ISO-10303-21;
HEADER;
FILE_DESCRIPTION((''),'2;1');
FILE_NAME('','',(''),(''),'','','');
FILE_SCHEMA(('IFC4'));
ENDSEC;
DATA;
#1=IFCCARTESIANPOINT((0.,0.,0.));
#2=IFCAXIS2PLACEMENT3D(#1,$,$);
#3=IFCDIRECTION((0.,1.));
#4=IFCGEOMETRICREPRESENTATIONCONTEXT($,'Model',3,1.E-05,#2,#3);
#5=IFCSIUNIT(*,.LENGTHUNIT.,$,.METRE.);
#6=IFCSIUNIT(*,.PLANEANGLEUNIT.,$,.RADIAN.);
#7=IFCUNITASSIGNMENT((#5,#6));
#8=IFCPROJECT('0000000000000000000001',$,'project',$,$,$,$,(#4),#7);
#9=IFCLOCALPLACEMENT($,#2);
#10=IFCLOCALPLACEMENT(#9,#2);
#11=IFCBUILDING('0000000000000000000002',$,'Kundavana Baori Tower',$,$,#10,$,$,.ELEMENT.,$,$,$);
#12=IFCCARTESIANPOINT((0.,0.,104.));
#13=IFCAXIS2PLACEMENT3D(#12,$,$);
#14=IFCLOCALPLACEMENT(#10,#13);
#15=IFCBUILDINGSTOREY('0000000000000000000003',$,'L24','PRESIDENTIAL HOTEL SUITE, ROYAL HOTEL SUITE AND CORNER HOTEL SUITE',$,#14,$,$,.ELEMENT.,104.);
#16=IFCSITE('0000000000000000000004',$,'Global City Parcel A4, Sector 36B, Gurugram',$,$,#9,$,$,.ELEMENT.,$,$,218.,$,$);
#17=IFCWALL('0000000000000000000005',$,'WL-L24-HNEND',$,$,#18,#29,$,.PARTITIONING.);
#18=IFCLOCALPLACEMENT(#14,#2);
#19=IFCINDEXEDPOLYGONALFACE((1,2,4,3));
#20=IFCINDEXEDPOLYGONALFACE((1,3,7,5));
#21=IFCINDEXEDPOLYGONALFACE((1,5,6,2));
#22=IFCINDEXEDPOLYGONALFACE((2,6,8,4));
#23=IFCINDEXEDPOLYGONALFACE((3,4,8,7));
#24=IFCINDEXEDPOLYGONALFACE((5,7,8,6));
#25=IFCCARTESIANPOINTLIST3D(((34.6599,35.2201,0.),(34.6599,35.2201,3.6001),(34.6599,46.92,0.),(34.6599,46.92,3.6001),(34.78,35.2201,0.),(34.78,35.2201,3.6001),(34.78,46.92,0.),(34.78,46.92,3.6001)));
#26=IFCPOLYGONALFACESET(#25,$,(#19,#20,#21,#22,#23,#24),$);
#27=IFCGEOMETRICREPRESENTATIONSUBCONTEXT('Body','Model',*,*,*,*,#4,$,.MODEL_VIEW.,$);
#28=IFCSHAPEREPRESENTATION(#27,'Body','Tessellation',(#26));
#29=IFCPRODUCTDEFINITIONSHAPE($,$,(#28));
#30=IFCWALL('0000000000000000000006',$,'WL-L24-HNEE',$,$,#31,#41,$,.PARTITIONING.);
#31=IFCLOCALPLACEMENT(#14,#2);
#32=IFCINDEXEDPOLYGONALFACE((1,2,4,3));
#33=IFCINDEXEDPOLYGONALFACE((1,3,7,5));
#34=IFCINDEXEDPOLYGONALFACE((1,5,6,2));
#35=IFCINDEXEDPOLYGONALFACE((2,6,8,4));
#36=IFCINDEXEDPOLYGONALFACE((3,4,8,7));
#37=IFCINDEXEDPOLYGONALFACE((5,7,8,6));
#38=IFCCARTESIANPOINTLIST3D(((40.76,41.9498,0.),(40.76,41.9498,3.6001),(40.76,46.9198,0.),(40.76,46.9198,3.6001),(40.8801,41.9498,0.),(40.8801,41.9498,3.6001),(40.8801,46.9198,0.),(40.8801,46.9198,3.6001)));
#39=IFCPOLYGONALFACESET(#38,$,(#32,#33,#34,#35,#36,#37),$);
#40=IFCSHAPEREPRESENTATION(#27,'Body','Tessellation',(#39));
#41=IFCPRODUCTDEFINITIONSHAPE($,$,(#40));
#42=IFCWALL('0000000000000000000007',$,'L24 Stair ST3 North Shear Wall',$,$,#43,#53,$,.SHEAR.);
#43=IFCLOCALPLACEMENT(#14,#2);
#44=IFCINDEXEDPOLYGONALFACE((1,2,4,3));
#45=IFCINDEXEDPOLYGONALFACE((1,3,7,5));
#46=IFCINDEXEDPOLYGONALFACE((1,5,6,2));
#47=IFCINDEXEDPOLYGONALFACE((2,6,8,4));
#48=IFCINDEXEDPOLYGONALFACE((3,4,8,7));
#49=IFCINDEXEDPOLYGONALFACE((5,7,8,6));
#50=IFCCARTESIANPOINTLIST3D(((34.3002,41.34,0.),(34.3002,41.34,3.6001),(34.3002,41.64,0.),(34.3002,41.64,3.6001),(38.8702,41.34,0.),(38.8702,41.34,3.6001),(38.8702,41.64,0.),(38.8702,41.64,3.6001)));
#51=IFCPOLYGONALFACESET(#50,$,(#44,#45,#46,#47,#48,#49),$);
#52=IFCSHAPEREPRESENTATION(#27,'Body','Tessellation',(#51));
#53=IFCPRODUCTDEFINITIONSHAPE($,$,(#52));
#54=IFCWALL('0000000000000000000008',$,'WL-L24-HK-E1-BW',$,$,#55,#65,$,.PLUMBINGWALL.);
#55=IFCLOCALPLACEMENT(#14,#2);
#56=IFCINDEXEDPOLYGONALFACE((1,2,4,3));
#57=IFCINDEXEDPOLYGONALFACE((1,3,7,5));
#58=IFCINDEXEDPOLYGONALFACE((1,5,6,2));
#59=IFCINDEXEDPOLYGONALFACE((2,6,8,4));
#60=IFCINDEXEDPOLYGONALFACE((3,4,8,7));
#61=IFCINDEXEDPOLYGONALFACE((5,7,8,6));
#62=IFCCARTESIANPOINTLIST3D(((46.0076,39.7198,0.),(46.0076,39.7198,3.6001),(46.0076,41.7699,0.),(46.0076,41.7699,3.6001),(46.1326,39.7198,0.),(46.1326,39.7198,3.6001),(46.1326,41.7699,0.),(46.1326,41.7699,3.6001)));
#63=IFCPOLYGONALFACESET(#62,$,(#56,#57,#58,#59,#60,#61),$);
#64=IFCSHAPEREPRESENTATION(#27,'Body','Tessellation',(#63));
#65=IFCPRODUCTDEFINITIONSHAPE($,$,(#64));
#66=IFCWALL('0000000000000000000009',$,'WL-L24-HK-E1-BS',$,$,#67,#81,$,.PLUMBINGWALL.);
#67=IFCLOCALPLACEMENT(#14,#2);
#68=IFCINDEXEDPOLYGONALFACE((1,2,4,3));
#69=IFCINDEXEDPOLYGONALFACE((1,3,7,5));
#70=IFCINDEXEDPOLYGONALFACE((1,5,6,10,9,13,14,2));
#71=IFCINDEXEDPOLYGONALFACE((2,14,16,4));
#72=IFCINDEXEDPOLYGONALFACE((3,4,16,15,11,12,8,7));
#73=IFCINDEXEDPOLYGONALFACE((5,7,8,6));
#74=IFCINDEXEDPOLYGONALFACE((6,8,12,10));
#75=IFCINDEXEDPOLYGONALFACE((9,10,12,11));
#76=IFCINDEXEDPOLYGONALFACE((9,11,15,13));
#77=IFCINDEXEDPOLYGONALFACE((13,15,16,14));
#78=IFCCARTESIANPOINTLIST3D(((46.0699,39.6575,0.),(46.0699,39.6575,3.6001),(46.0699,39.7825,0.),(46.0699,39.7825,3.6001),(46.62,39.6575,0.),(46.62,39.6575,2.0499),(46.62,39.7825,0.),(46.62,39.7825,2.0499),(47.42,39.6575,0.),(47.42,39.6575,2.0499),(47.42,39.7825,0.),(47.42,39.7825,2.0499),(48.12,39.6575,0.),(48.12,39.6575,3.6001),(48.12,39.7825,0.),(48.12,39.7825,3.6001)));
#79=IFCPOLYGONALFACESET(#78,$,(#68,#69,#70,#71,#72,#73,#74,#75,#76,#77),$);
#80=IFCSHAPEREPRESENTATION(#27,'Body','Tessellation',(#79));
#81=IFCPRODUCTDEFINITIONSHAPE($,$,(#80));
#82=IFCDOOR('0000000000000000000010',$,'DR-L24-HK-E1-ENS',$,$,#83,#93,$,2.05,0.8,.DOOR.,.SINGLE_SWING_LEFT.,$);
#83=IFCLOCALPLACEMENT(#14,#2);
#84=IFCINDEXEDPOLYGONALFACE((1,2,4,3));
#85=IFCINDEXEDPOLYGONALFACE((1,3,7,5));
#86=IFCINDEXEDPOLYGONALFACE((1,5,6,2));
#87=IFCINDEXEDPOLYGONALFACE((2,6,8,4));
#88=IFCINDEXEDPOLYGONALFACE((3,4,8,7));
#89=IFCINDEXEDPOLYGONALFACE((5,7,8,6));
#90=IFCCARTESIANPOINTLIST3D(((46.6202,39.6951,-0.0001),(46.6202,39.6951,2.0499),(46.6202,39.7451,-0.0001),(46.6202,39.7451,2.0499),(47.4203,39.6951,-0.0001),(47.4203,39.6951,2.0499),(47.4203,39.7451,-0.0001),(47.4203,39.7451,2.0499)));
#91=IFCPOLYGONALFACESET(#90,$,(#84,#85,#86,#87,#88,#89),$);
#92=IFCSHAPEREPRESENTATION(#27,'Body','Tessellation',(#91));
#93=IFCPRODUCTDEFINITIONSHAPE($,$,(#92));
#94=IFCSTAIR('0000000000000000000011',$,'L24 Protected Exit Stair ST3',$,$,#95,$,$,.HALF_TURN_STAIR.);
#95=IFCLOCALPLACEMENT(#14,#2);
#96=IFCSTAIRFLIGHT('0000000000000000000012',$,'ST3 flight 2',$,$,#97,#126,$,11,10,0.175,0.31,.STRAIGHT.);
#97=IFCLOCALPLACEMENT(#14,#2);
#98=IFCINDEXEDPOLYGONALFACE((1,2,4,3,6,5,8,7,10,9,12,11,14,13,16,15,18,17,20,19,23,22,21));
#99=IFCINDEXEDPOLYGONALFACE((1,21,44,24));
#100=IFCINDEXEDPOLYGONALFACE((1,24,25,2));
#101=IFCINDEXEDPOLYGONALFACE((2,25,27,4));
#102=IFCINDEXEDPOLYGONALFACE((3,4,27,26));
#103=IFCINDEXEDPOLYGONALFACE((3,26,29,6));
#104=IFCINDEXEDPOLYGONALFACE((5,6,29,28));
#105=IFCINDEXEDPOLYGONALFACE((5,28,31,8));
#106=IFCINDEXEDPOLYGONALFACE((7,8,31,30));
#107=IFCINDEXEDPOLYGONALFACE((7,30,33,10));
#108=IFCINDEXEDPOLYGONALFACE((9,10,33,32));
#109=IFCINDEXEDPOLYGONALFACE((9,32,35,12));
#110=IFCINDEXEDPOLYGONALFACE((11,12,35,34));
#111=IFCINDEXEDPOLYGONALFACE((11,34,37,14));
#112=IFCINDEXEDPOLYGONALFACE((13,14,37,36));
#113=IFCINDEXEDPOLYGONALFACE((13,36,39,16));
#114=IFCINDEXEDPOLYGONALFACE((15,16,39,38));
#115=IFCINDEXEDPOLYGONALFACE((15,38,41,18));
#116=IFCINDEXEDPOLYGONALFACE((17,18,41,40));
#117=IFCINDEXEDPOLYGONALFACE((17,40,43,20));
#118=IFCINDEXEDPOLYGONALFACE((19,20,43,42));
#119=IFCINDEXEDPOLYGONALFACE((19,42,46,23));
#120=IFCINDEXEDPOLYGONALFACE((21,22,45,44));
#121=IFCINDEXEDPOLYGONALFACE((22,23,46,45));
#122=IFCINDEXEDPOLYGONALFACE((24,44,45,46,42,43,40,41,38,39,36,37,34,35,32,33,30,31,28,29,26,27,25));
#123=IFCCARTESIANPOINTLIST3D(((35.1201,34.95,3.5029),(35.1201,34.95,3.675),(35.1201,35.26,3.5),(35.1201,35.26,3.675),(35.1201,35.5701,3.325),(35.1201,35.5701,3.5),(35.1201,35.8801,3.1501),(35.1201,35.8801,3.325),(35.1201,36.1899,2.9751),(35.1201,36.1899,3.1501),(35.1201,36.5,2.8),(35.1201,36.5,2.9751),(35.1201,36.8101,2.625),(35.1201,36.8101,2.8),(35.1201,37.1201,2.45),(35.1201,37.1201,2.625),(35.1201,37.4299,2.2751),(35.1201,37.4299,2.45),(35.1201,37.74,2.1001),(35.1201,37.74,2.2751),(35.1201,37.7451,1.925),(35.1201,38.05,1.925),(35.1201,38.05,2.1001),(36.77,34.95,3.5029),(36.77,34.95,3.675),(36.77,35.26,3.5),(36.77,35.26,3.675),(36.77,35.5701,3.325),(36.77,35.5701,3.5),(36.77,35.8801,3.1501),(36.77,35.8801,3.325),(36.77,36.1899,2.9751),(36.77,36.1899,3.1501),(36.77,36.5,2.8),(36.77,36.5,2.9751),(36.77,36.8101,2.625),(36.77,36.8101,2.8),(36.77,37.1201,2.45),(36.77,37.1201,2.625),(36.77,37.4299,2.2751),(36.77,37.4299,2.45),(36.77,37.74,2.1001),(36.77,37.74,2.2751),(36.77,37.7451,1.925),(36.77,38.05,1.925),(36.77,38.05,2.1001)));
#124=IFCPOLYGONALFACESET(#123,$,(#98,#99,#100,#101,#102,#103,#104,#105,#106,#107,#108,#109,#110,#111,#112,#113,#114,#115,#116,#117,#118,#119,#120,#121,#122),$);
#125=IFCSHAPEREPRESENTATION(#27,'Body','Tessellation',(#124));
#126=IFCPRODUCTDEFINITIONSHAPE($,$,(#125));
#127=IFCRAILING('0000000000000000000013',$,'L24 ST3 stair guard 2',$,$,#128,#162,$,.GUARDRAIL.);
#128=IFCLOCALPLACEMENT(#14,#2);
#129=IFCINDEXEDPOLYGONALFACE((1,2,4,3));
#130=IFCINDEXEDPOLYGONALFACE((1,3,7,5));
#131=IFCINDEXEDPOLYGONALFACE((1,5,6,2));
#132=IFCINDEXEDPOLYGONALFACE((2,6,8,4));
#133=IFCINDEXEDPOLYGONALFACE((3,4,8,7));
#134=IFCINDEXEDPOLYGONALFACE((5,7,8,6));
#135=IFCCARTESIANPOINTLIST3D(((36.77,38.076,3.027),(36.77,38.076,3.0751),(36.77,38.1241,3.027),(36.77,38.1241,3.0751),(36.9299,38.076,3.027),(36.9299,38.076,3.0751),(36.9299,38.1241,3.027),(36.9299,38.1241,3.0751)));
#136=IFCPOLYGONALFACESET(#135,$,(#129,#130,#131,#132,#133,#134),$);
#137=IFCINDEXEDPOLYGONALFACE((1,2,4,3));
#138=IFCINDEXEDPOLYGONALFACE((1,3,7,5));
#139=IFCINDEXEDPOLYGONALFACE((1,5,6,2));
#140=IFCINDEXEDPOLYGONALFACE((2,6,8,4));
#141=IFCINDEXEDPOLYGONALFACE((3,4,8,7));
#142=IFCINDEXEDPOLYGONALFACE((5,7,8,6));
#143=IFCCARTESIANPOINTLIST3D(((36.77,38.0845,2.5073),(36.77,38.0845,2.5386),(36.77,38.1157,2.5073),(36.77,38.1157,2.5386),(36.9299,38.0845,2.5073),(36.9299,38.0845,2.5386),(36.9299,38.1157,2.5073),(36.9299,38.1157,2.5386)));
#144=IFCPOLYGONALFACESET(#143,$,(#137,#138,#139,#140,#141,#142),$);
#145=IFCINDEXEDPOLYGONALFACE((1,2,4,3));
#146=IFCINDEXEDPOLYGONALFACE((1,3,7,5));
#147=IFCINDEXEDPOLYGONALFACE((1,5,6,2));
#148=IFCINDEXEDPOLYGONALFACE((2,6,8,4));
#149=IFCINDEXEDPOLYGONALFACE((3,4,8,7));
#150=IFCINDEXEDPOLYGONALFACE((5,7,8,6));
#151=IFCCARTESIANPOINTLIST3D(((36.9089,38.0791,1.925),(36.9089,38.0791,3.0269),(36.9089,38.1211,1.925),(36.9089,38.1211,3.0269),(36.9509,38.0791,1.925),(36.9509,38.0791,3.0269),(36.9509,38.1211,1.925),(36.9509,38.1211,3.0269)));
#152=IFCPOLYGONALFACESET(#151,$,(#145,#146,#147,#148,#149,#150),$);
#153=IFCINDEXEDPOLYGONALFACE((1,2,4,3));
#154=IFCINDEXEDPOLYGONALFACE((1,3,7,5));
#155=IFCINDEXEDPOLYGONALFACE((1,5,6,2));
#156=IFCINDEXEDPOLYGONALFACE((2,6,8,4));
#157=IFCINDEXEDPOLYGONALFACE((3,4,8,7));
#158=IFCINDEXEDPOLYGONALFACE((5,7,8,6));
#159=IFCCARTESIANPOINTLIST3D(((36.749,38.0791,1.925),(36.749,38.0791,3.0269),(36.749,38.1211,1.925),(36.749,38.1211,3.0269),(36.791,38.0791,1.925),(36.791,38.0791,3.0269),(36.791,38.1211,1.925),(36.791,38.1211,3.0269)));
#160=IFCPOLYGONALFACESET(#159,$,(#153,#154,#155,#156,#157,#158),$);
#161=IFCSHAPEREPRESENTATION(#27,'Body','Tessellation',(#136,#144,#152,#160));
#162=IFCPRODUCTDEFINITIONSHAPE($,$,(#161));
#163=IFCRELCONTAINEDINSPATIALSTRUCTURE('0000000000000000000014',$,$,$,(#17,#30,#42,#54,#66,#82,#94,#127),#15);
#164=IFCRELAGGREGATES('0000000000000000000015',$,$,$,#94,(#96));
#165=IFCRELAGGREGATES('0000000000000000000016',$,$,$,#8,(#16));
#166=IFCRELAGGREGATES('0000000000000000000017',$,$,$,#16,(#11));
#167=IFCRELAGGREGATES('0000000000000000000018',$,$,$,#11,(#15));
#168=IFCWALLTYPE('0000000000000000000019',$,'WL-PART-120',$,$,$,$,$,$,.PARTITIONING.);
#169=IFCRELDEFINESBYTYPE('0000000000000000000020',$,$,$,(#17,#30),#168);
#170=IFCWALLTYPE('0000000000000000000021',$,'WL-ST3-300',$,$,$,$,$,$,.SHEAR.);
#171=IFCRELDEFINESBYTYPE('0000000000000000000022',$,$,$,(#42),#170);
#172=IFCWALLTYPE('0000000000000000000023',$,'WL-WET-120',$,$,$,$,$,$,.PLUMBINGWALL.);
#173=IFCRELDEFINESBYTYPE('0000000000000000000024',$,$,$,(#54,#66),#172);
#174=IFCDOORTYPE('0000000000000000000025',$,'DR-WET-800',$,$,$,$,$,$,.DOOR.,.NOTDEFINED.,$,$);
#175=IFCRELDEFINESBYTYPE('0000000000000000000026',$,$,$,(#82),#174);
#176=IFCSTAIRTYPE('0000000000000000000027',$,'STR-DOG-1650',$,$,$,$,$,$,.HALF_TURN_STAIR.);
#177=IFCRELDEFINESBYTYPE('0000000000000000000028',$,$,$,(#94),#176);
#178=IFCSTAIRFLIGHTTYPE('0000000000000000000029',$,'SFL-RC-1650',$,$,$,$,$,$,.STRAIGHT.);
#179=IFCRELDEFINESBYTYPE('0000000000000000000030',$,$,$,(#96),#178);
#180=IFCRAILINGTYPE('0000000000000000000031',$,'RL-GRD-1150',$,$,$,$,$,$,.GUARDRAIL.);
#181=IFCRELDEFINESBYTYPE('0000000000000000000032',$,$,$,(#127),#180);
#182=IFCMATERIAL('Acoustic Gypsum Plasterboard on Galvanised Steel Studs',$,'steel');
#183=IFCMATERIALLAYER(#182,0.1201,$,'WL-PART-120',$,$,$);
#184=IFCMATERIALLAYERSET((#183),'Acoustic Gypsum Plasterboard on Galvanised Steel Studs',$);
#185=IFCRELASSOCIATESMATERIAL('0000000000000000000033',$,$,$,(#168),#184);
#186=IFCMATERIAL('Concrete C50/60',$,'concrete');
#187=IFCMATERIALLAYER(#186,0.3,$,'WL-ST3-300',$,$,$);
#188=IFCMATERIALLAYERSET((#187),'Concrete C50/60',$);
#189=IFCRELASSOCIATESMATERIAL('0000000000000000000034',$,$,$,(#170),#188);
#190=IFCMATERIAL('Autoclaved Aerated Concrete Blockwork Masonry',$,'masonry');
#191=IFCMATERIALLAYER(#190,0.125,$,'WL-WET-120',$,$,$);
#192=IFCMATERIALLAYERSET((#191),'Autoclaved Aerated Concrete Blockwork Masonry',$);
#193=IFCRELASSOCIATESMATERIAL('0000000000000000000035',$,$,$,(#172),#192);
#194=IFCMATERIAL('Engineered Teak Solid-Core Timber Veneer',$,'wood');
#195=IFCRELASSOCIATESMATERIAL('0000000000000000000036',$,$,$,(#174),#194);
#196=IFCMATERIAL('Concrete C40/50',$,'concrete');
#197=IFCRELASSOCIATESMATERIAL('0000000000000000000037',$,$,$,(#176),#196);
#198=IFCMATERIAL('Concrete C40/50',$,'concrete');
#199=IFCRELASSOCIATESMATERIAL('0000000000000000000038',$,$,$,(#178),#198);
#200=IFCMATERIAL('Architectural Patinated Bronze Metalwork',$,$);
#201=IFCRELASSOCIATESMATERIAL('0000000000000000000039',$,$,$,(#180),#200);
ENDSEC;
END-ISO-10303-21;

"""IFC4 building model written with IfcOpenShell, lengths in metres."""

from ifc_helpers import new_model, si_unit, direction, frame, frame_2d, origin, origin_2d, place, context, subcontext, project, spatial, polyline, rectangle, outline, extrude, material, layer, layer_set, type_object, element, fill, aggregate, save


model = new_model("IFC4")

# Units and contexts
model_context = context("Model", 3, precision=1e-05, world=origin(), true_north=direction((0.0, 1.0)))
body_context = subcontext(model_context, "Body", "Model", "MODEL_VIEW")
ifc_project = project(units=[si_unit("LENGTHUNIT", "METRE"), si_unit("PLANEANGLEUNIT", "RADIAN")], contexts=[model_context])

# Site, building, storey
site_placement = place(None, origin())
site = spatial("IfcSite", under=ifc_project, at=site_placement, Name="Global City Parcel A4, Sector 36B, Gurugram", CompositionType="ELEMENT", RefElevation=218.0)
building_placement = place(site_placement, origin())
building = spatial("IfcBuilding", under=site, at=building_placement, Name="Kundavana Baori Tower", CompositionType="ELEMENT")
storey_placement = place(building_placement, frame((0.0, 0.0, 104.0)))
storey = spatial("IfcBuildingStorey", under=building, at=storey_placement, Name="L24", Description="PRESIDENTIAL HOTEL SUITE, ROYAL HOTEL SUITE AND CORNER HOTEL SUITE", CompositionType="ELEMENT", Elevation=104.0)

# Walls
ifc_material_1 = material(Name="Acoustic Gypsum Plasterboard on Galvanised Steel Studs", Category="steel")
ifc_layer_1 = layer(ifc_material_1, 0.1201, Name="WL-PART-120")
ifc_layer_set_1 = layer_set([ifc_layer_1], Name="Acoustic Gypsum Plasterboard on Galvanised Steel Studs")
wall_type_1 = type_object("IfcWallType", Name="WL-PART-120", PredefinedType="PARTITIONING", material=ifc_layer_set_1)
wall_1_placement = place(storey_placement, frame((34.72, 35.22, 0.0), z_axis=(0.0, 0.0, 1.0), x_axis=(0.0, 1.0, 0.0)))
element("IfcWall", 1, at=wall_1_placement, inside=storey, type_object=wall_type_1, Name="WL-L24-HNEND", PredefinedType="PARTITIONING", context=body_context, shape_type="SweptSolid", body=[
    extrude(rectangle(XDim=11.7, YDim=0.1201, at=frame_2d((5.8501, 0.0))), origin(), (0.0, 0.0, 1.0), 3.6001),
])
wall_2_placement = place(storey_placement, frame((40.8201, 41.95, 0.0), z_axis=(0.0, 0.0, 1.0), x_axis=(0.0, 1.0, 0.0)))
element("IfcWall", 2, at=wall_2_placement, inside=storey, type_object=wall_type_1, Name="WL-L24-HNEE", PredefinedType="PARTITIONING", context=body_context, shape_type="SweptSolid", body=[
    extrude(rectangle(XDim=4.97, YDim=0.1201, at=frame_2d((2.4849, 0.0))), origin(), (0.0, 0.0, 1.0), 3.6001),
])
ifc_material_2 = material(Name="Concrete C50/60", Category="concrete")
ifc_layer_2 = layer(ifc_material_2, 0.3, Name="WL-ST3-300")
ifc_layer_set_2 = layer_set([ifc_layer_2], Name="Concrete C50/60")
wall_type_2 = type_object("IfcWallType", Name="WL-ST3-300", PredefinedType="SHEAR", material=ifc_layer_set_2)
wall_3_placement = place(storey_placement, frame((34.3, 41.49, 0.0), z_axis=(0.0, 0.0, 1.0), x_axis=(1.0, 0.0, 0.0)))
element("IfcWall", 3, at=wall_3_placement, inside=storey, type_object=wall_type_2, Name="L24 Stair ST3 North Shear Wall", PredefinedType="SHEAR", context=body_context, shape_type="SweptSolid", body=[
    extrude(rectangle(XDim=4.5701, YDim=0.3, at=frame_2d((2.2852, 0.0))), origin(), (0.0, 0.0, 1.0), 3.6001),
])
ifc_material_3 = material(Name="Autoclaved Aerated Concrete Blockwork Masonry", Category="masonry")
ifc_layer_3 = layer(ifc_material_3, 0.125, Name="WL-WET-120")
ifc_layer_set_3 = layer_set([ifc_layer_3], Name="Autoclaved Aerated Concrete Blockwork Masonry")
wall_type_3 = type_object("IfcWallType", Name="WL-WET-120", PredefinedType="PLUMBINGWALL", material=ifc_layer_set_3)
wall_4_placement = place(storey_placement, frame((46.0701, 39.72, 0.0), z_axis=(0.0, 0.0, 1.0), x_axis=(0.0, 1.0, 0.0)))
element("IfcWall", 4, at=wall_4_placement, inside=storey, type_object=wall_type_3, Name="WL-L24-HK-E1-BW", PredefinedType="PLUMBINGWALL", context=body_context, shape_type="SweptSolid", body=[
    extrude(rectangle(XDim=2.05, YDim=0.125, at=frame_2d((1.0249, 0.0))), origin(), (0.0, 0.0, 1.0), 3.6001),
])

# Wall, opening, door
wall_5_placement = place(storey_placement, frame((46.0701, 39.72, 0.0), z_axis=(0.0, 0.0, 1.0), x_axis=(1.0, 0.0, 0.0)))
wall_5 = element("IfcWall", 5, at=wall_5_placement, inside=storey, type_object=wall_type_3, Name="WL-L24-HK-E1-BS", PredefinedType="PLUMBINGWALL", context=body_context, shape_type="SweptSolid", body=[
    extrude(rectangle(XDim=2.05, YDim=0.125, at=frame_2d((1.0249, 0.0))), origin(), (0.0, 0.0, 1.0), 3.6001),
])
opening_1_placement = place(wall_5_placement, frame((0.55, 0.0, 0.0)))
opening_1 = element("IfcOpeningElement", 6, at=opening_1_placement, cuts=wall_5, PredefinedType="OPENING", context=body_context, shape_type="SweptSolid", body=[
    extrude(rectangle(XDim=0.8, YDim=2.05, at=frame_2d((0.3999, 1.0249))), frame((0.0, 0.0725, 0.0), z_axis=(0.0, -1.0, 0.0), x_axis=(1.0, 0.0, 0.0)), (0.0, 0.0, 1.0), 0.145),
])
ifc_material_4 = material(Name="Engineered Teak Solid-Core Timber Veneer", Category="wood")
door_type_1 = type_object("IfcDoorType", Name="DR-WET-800", OperationType="NOTDEFINED", PredefinedType="DOOR", material=ifc_material_4)
door_1_placement = place(opening_1_placement, frame((0.8, 0.0, 0.0), z_axis=(0.0, 0.0, 1.0), x_axis=(-1.0, 0.0, 0.0)))
door_1 = element("IfcDoor", 7, at=door_1_placement, inside=storey, type_object=door_type_1, Name="DR-L24-HK-E1-ENS", OperationType="SINGLE_SWING_LEFT", OverallHeight=2.05, OverallWidth=0.8, PredefinedType="DOOR", context=body_context, shape_type="SweptSolid", body=[
    extrude(rectangle(XDim=0.8, YDim=2.05, at=frame_2d((0.3999, 1.0249))), frame((0.0, 0.0249, 0.0), z_axis=(0.0, -1.0, 0.0), x_axis=(1.0, 0.0, 0.0)), (0.0, 0.0, 1.0), 0.05),
])
fill(opening_1, door_1)

# Stair, stair flight
ifc_material_5 = material(Name="Concrete C40/50", Category="concrete")
stair_type = type_object("IfcStairType", Name="STR-DOG-1650", PredefinedType="HALF_TURN_STAIR", material=ifc_material_5)
stair_placement = place(storey_placement, origin())
stair = element("IfcStair", 8, at=stair_placement, inside=storey, type_object=stair_type, Name="L24 Protected Exit Stair ST3", PredefinedType="HALF_TURN_STAIR")
ifc_material_6 = material(Name="Concrete C40/50", Category="concrete")
stair_flight_type = type_object("IfcStairFlightType", Name="SFL-RC-1650", PredefinedType="STRAIGHT", material=ifc_material_6)
stair_flight_placement = place(storey_placement, frame((35.9451, 38.05, 1.925), z_axis=(0.0, 0.0, 1.0), x_axis=(0.0, -1.0, 0.0)))
stair_flight = element("IfcStairFlight", 9, at=stair_flight_placement, type_object=stair_flight_type, Name="ST3 flight 2", NumberOfRisers=11, NumberOfTreads=10, PredefinedType="STRAIGHT", RiserHeight=0.175, TreadLength=0.31, context=body_context, shape_type="SweptSolid", body=[
    extrude(outline(polyline([(0.0, 0.0), (0.0, 0.175), (0.3101, 0.175), (0.3101, 0.3501), (0.6201, 0.3501), (0.6201, 0.5249), (0.9299, 0.5249), (0.9299, 0.7), (1.24, 0.7), (1.24, 0.875), (1.55, 0.875), (1.55, 1.05), (1.8601, 1.05), (1.8601, 1.2251), (2.1699, 1.2251), (2.1699, 1.3999), (2.48, 1.3999), (2.48, 1.575), (2.79, 1.575), (2.79, 1.75), (3.1001, 1.75), (3.1001, 1.925), (3.1001, 1.5779), (0.3049, 0.0), (0.0, 0.0)])), frame((0.0, 0.825, 0.0), z_axis=(0.0, -1.0, 0.0), x_axis=(1.0, 0.0, 0.0)), (0.0, 0.0, 1.0), 1.6499),
])
aggregate(stair, [stair_flight])

# Railing
ifc_material_7 = material(Name="Architectural Patinated Bronze Metalwork")
railing_type_1 = type_object("IfcRailingType", Name="RL-GRD-1150", PredefinedType="GUARDRAIL", material=ifc_material_7)
railing_1_placement = place(storey_placement, frame((36.9299, 38.1001, 1.925)))
element("IfcRailing", 10, at=railing_1_placement, inside=storey, type_object=railing_type_1, Name="L24 ST3 stair guard 2", PredefinedType="GUARDRAIL", context=body_context, shape_type="SweptSolid", body=[
    extrude(rectangle(XDim=0.0481, YDim=0.0481, at=origin_2d()), frame((0.0, 0.0, 1.126), z_axis=(-1.0, 0.0, 0.0), x_axis=(0.0, -1.0, 0.0)), (0.0, 0.0, 1.0), 0.1599),
    extrude(rectangle(XDim=0.0312, YDim=0.0312, at=origin_2d()), frame((0.0, 0.0, 0.5979), z_axis=(-1.0, 0.0, 0.0), x_axis=(0.0, -1.0, 0.0)), (0.0, 0.0, 1.0), 0.1599),
    extrude(rectangle(XDim=0.042, YDim=0.042, at=origin_2d()), origin(), (0.0, 0.0, 1.0), 1.1018),
    extrude(rectangle(XDim=0.042, YDim=0.042, at=origin_2d()), frame((-0.1599, 0.0, 0.0)), (0.0, 0.0, 1.0), 1.1018),
])

save(model, "model.ifc")
